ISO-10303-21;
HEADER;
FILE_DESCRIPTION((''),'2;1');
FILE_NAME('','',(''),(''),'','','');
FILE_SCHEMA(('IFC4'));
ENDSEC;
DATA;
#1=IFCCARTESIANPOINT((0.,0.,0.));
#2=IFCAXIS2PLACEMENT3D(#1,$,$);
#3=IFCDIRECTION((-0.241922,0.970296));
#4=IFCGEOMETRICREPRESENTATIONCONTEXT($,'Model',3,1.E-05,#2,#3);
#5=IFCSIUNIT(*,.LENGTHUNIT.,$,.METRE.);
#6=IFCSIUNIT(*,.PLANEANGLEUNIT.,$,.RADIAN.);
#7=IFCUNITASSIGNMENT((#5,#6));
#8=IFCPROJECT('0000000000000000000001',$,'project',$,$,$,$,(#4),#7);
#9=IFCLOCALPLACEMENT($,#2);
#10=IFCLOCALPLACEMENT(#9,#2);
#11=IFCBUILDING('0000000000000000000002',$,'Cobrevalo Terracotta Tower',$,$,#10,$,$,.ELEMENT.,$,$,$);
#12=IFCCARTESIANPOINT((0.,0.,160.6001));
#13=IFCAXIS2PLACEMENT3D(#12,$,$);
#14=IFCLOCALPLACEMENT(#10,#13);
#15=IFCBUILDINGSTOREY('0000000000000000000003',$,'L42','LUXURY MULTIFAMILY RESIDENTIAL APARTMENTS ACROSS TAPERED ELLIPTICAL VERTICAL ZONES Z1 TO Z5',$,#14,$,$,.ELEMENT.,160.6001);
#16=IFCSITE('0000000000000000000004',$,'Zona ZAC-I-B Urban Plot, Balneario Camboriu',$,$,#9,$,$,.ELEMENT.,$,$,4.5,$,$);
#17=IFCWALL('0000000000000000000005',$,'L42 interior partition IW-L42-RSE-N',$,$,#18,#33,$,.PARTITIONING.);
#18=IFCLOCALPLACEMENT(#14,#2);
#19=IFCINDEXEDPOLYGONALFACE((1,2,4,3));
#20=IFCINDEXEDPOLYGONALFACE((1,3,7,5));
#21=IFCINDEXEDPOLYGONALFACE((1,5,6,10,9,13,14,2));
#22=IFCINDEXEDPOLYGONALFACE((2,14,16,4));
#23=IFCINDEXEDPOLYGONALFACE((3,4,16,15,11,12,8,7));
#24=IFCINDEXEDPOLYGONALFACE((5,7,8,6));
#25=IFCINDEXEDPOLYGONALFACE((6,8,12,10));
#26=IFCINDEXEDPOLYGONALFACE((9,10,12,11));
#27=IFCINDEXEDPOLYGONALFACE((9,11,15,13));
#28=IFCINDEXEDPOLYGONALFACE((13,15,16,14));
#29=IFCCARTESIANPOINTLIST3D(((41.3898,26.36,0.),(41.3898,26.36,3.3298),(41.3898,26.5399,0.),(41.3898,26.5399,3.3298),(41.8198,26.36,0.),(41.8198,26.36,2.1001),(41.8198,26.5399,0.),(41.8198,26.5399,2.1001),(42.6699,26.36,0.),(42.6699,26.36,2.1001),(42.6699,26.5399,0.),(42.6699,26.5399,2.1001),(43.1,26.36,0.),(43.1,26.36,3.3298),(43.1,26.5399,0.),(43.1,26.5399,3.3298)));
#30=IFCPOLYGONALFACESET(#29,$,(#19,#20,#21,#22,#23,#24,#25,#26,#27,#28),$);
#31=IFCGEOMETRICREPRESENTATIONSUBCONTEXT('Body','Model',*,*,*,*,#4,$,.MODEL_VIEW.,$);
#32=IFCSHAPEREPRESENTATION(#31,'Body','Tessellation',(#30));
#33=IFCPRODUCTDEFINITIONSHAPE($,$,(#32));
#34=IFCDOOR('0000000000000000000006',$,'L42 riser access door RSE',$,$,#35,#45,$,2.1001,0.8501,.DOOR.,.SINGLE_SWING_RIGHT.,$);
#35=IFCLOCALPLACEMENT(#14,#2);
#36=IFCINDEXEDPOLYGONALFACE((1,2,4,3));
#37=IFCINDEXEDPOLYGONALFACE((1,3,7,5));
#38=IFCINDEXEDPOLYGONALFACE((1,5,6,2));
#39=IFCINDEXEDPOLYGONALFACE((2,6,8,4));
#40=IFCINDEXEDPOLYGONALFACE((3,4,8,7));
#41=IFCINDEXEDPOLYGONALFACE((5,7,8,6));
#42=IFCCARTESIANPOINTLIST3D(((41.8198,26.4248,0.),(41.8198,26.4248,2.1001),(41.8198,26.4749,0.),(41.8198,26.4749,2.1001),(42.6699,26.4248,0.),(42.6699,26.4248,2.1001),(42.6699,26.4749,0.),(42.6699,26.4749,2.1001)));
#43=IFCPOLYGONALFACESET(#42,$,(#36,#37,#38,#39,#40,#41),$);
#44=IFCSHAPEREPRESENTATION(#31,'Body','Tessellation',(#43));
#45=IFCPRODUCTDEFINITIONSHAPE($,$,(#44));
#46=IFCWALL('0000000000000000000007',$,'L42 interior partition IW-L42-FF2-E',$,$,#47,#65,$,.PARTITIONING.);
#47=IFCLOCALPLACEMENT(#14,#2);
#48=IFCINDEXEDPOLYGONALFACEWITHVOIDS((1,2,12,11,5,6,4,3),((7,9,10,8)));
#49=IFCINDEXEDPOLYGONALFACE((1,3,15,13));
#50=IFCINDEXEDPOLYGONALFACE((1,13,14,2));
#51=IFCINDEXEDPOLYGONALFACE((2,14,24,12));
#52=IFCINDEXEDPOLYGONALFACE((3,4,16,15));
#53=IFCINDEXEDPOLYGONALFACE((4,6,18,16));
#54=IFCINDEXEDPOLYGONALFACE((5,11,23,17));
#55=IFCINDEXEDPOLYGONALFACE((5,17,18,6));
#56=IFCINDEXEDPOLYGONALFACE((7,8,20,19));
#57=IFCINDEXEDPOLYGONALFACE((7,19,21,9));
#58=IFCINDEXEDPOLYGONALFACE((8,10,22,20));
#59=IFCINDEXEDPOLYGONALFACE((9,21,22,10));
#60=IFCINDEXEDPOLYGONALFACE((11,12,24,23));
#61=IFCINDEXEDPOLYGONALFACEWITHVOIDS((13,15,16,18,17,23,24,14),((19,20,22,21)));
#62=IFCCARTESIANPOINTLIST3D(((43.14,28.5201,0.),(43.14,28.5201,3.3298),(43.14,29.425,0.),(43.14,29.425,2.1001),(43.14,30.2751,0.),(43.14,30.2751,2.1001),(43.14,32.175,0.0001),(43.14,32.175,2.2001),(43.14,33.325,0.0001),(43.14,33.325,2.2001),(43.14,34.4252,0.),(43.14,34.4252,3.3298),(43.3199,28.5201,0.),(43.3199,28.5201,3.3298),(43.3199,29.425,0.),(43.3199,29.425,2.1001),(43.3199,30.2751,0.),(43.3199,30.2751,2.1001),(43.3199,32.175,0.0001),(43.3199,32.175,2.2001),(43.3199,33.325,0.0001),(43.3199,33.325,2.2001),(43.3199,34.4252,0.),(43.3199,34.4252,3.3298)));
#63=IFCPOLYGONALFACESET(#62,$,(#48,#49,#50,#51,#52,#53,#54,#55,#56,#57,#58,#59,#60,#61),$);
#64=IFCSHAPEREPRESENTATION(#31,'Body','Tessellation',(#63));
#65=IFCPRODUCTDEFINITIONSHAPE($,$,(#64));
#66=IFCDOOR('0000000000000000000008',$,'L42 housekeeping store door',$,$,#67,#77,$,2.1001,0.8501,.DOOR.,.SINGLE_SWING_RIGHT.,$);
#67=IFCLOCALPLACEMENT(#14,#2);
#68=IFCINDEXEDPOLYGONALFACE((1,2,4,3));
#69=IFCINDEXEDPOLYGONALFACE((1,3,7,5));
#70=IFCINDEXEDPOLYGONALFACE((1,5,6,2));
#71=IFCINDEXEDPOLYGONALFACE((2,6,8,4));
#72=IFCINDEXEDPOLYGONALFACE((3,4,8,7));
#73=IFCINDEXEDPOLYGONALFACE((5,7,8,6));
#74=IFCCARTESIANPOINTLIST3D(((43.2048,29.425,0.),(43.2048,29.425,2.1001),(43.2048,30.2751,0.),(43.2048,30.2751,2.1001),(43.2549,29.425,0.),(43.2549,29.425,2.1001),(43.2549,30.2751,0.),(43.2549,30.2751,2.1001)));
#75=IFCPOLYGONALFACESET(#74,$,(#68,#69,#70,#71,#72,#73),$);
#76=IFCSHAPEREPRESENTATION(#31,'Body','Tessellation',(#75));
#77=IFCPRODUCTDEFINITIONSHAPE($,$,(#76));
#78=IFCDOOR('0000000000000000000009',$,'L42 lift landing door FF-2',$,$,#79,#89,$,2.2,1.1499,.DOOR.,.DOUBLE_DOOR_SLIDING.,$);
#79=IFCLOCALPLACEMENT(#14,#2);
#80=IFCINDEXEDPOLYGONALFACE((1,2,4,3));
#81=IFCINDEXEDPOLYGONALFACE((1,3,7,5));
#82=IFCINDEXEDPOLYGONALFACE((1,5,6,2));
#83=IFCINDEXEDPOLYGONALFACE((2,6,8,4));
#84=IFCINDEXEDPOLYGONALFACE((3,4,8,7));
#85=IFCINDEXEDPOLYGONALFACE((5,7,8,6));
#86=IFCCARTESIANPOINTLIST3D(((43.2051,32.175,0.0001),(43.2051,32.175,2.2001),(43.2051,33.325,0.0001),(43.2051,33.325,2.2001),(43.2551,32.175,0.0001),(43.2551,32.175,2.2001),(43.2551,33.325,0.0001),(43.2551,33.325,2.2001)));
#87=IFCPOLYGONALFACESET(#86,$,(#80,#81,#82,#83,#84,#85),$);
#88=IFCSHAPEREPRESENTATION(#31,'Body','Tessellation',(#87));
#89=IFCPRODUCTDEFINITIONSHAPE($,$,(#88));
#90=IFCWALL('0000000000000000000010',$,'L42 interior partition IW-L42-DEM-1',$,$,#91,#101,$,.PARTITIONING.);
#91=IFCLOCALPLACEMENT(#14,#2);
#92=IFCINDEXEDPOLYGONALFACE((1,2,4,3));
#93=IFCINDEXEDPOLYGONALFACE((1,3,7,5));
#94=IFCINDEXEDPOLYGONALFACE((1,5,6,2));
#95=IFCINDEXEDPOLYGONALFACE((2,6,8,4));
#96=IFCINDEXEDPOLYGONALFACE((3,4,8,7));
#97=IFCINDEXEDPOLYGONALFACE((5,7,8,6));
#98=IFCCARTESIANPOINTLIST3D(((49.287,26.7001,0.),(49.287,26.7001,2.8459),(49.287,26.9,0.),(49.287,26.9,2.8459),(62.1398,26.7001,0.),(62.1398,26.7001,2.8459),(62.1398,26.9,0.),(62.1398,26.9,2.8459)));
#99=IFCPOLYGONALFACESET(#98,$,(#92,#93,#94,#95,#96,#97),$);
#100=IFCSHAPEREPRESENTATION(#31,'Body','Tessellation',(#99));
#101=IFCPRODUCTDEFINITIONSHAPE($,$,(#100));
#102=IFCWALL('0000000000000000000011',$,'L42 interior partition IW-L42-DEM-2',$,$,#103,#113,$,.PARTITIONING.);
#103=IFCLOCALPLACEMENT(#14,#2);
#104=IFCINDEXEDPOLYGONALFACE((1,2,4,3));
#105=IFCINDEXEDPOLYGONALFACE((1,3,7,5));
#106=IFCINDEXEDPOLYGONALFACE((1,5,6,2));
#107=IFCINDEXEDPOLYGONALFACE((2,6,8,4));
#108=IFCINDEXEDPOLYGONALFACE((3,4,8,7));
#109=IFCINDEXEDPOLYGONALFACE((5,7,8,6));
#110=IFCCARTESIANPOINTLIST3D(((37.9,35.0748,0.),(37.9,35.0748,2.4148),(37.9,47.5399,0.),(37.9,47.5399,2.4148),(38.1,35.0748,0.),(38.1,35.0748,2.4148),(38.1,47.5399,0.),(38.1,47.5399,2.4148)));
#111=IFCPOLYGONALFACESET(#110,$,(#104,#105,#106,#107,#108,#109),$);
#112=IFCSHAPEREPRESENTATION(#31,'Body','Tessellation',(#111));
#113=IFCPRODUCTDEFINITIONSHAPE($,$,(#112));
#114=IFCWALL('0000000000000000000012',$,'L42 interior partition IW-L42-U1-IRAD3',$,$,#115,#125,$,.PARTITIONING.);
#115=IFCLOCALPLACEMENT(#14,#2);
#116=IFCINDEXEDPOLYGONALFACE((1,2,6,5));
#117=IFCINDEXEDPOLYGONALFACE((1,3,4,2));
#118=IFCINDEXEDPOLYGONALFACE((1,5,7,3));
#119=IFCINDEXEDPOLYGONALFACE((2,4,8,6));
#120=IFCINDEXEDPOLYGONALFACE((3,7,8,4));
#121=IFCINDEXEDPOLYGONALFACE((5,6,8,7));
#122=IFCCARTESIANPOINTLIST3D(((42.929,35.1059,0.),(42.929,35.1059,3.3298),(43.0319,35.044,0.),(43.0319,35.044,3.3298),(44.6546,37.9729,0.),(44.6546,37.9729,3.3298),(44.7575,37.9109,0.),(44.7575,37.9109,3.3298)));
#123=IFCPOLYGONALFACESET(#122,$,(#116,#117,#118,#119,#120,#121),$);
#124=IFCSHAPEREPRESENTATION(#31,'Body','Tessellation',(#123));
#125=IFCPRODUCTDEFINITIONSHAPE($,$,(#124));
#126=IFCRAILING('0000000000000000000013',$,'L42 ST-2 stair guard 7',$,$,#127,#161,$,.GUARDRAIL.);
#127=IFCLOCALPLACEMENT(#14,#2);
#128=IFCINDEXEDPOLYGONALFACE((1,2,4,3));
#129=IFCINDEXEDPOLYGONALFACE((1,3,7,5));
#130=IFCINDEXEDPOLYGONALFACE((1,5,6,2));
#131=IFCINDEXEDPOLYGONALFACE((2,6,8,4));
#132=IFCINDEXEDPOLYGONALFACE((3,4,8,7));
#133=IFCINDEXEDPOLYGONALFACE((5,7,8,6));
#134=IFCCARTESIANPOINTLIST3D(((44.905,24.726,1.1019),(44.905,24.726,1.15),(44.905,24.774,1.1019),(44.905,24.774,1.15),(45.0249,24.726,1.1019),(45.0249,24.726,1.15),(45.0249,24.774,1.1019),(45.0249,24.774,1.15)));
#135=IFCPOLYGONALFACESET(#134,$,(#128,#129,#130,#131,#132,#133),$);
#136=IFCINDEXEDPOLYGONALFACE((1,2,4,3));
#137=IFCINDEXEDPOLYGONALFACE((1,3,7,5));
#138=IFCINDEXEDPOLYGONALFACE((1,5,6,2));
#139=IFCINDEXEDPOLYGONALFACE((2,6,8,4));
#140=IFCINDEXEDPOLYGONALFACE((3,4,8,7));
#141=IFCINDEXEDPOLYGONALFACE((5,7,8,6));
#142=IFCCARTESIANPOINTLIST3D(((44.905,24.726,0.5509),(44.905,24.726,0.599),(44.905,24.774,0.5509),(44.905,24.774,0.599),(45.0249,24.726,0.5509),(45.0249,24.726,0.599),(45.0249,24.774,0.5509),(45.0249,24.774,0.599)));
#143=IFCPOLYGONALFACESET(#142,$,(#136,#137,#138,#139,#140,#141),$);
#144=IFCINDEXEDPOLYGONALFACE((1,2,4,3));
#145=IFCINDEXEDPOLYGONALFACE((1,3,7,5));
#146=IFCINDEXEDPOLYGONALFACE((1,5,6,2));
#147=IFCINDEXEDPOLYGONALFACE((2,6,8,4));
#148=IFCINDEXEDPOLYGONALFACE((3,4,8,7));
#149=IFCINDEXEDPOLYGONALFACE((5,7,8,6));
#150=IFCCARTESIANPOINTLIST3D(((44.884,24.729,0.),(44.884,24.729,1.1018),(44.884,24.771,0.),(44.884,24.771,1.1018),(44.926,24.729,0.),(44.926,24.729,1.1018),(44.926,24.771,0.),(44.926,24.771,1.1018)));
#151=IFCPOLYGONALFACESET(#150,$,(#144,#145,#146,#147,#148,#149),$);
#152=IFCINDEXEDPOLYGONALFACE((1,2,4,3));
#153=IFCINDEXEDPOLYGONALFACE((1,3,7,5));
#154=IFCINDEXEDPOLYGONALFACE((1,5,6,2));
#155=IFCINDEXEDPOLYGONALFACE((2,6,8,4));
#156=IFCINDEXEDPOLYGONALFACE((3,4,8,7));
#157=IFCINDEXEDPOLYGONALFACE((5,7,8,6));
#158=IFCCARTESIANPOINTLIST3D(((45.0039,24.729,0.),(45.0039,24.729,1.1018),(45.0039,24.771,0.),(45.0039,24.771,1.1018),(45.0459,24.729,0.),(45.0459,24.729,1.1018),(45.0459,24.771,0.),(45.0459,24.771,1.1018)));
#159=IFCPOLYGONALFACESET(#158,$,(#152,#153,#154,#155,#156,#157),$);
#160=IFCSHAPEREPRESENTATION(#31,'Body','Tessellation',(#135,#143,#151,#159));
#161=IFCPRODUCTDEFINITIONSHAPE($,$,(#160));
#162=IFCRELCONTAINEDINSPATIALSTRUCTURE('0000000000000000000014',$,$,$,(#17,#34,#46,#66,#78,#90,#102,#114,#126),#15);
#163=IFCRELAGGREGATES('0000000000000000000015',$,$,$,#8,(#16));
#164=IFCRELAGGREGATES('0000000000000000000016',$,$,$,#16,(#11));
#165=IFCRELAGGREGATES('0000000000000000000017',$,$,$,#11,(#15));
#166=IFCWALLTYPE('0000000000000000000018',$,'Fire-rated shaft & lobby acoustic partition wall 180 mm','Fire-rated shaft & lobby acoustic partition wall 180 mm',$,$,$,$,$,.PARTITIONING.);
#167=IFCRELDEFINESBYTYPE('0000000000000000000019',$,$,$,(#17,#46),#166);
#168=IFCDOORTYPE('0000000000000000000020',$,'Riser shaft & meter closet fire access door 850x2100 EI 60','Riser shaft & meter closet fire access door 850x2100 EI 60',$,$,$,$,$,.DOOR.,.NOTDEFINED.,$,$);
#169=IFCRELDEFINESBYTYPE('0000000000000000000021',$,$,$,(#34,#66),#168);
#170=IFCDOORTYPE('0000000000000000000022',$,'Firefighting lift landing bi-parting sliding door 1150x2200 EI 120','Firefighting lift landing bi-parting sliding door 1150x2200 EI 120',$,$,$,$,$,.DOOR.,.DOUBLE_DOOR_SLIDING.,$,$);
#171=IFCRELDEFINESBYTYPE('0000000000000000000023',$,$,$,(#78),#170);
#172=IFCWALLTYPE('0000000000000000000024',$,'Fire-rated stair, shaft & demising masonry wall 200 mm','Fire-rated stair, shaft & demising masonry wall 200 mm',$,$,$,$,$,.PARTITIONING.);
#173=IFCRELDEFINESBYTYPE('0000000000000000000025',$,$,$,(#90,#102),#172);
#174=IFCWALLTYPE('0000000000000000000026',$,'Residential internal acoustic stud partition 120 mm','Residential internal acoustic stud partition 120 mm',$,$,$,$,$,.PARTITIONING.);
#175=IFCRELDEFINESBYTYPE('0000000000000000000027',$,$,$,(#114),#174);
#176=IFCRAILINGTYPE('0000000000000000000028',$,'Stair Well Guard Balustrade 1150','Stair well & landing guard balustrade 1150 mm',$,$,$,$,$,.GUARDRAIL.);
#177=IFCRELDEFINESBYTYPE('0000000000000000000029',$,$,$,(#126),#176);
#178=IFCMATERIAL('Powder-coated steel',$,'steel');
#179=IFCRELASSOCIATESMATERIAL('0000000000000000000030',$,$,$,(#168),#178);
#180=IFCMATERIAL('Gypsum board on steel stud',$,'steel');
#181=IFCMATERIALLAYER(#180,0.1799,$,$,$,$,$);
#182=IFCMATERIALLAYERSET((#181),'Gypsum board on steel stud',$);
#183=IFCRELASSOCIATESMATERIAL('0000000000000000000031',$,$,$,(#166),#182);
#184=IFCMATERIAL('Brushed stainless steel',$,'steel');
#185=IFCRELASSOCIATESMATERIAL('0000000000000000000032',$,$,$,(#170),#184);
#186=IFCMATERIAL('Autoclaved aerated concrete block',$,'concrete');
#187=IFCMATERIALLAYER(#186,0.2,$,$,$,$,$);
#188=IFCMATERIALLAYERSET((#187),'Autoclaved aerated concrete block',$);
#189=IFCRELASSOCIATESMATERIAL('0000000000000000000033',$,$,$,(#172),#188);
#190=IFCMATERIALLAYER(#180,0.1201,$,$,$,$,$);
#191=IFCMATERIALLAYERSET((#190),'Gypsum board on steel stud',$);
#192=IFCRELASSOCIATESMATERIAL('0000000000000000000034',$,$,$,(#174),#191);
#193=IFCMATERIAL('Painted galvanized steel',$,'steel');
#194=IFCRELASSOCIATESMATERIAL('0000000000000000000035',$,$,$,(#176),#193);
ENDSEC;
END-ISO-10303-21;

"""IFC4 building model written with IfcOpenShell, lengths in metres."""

from ifc_helpers import new_model, si_unit, direction, frame, frame_2d, origin, origin_2d, place, context, subcontext, project, spatial, rectangle, extrude, source, transform, mapped, material, layer, layer_set, type_object, element, fill, save


model = new_model("IFC4")

# Units and contexts
model_context = context("Model", 3, precision=1e-05, world=origin(), true_north=direction((-0.241922, 0.970296)))
body_context = subcontext(model_context, "Body", "Model", "MODEL_VIEW")
ifc_project = project(units=[si_unit("LENGTHUNIT", "METRE"), si_unit("PLANEANGLEUNIT", "RADIAN")], contexts=[model_context])

# Site, building, storey
site_placement = place(None, origin())
site = spatial("IfcSite", under=ifc_project, at=site_placement, Name="Zona ZAC-I-B Urban Plot, Balneario Camboriu", CompositionType="ELEMENT", RefElevation=4.5)
building_placement = place(site_placement, origin())
building = spatial("IfcBuilding", under=site, at=building_placement, Name="Cobrevalo Terracotta Tower", CompositionType="ELEMENT")
storey_placement = place(building_placement, frame((0.0, 0.0, 160.6001)))
storey = spatial("IfcBuildingStorey", under=building, at=storey_placement, Name="L42", Description="LUXURY MULTIFAMILY RESIDENTIAL APARTMENTS ACROSS TAPERED ELLIPTICAL VERTICAL ZONES Z1 TO Z5", CompositionType="ELEMENT", Elevation=160.6001)

# Shared definitions
ifc_material_1 = material(Name="Gypsum board on steel stud", Category="steel")

# Shared definitions
ifc_material_2 = material(Name="Powder-coated steel", Category="steel")
door_type_1 = type_object("IfcDoorType", Name="Riser shaft & meter closet fire access door 850x2100 EI 60", Description="Riser shaft & meter closet fire access door 850x2100 EI 60", OperationType="NOTDEFINED", PredefinedType="DOOR", material=ifc_material_2)
shared_shape_1 = source(origin(), body_context, "Body", "SweptSolid", [
    extrude(rectangle(XDim=0.8501, YDim=2.1001, at=frame_2d((0.425, 1.05))), frame((0.0, 0.0249, 0.0), z_axis=(0.0, -1.0, 0.0), x_axis=(1.0, 0.0, 0.0)), (0.0, 0.0, 1.0), 0.05),
])

# Shared definitions
ifc_material_3 = material(Name="Brushed stainless steel", Category="steel")

# Wall, opening, door
ifc_layer_1 = layer(ifc_material_1, 0.1799)
ifc_layer_set_1 = layer_set([ifc_layer_1], Name="Gypsum board on steel stud")
wall_type_1 = type_object("IfcWallType", Name="Fire-rated shaft & lobby acoustic partition wall 180 mm", Description="Fire-rated shaft & lobby acoustic partition wall 180 mm", PredefinedType="PARTITIONING", material=ifc_layer_set_1)
wall_1_placement = place(storey_placement, frame((41.3899, 26.45, 0.0), z_axis=(0.0, 0.0, 1.0), x_axis=(1.0, 0.0, 0.0)))
wall_1 = element("IfcWall", 1, at=wall_1_placement, inside=storey, type_object=wall_type_1, Name="L42 interior partition IW-L42-RSE-N", PredefinedType="PARTITIONING", context=body_context, shape_type="SweptSolid", body=[
    extrude(rectangle(XDim=1.7102, YDim=0.1799, at=frame_2d((0.855, 0.0))), origin(), (0.0, 0.0, 1.0), 3.3298),
])
opening_1_placement = place(wall_1_placement, frame((0.4299, 0.0, 0.0)))
opening_1 = element("IfcOpeningElement", 2, at=opening_1_placement, cuts=wall_1, PredefinedType="OPENING", context=body_context, shape_type="SweptSolid", body=[
    extrude(rectangle(XDim=0.8501, YDim=2.1001, at=frame_2d((0.425, 1.05))), frame((0.0, 0.1001, 0.0), z_axis=(0.0, -1.0, 0.0), x_axis=(1.0, 0.0, 0.0)), (0.0, 0.0, 1.0), 0.2),
])
door_1_placement = place(opening_1_placement, origin())
door_1 = element("IfcDoor", 3, at=door_1_placement, inside=storey, type_object=door_type_1, Name="L42 riser access door RSE", OperationType="SINGLE_SWING_RIGHT", OverallHeight=2.1001, OverallWidth=0.8501, PredefinedType="DOOR", context=body_context, shape_type="MappedRepresentation", body=[
    mapped(shared_shape_1, transform((0.0, 0.0, 0.0), scale=1.0)),
])
fill(opening_1, door_1)

# Wall, openings, doors
wall_2_placement = place(storey_placement, frame((43.23, 28.52, 0.0), z_axis=(0.0, 0.0, 1.0), x_axis=(0.0, 1.0, 0.0)))
wall_2 = element("IfcWall", 4, at=wall_2_placement, inside=storey, type_object=wall_type_1, Name="L42 interior partition IW-L42-FF2-E", PredefinedType="PARTITIONING", context=body_context, shape_type="SweptSolid", body=[
    extrude(rectangle(XDim=5.905, YDim=0.1799, at=frame_2d((2.9526, 0.0))), origin(), (0.0, 0.0, 1.0), 3.3298),
])
opening_2_placement = place(wall_2_placement, frame((0.905, 0.0, 0.0)))
opening_2 = element("IfcOpeningElement", 5, at=opening_2_placement, cuts=wall_2, PredefinedType="OPENING", context=body_context, shape_type="SweptSolid", body=[
    extrude(rectangle(XDim=0.8501, YDim=2.1001, at=frame_2d((0.425, 1.05))), frame((0.0, 0.1001, 0.0), z_axis=(0.0, -1.0, 0.0), x_axis=(1.0, 0.0, 0.0)), (0.0, 0.0, 1.0), 0.2),
])
opening_3_placement = place(wall_2_placement, frame((3.655, 0.0, 0.0)))
opening_3 = element("IfcOpeningElement", 6, at=opening_3_placement, cuts=wall_2, PredefinedType="OPENING", context=body_context, shape_type="SweptSolid", body=[
    extrude(rectangle(XDim=1.1499, YDim=2.2, at=frame_2d((0.575, 1.1001))), frame((0.0, 0.1001, 0.0), z_axis=(0.0, -1.0, 0.0), x_axis=(1.0, 0.0, 0.0)), (0.0, 0.0, 1.0), 0.2),
])
door_2_placement = place(opening_2_placement, frame((0.8501, 0.0, 0.0), z_axis=(0.0, 0.0, 1.0), x_axis=(-1.0, 0.0, 0.0)))
door_2 = element("IfcDoor", 7, at=door_2_placement, inside=storey, type_object=door_type_1, Name="L42 housekeeping store door", OperationType="SINGLE_SWING_RIGHT", OverallHeight=2.1001, OverallWidth=0.8501, PredefinedType="DOOR", context=body_context, shape_type="MappedRepresentation", body=[
    mapped(shared_shape_1, transform((0.0, 0.0, 0.0), scale=1.0)),
])
fill(opening_2, door_2)
door_type_2 = type_object("IfcDoorType", Name="Firefighting lift landing bi-parting sliding door 1150x2200 EI 120", Description="Firefighting lift landing bi-parting sliding door 1150x2200 EI 120", OperationType="DOUBLE_DOOR_SLIDING", PredefinedType="DOOR", material=ifc_material_3)
shared_shape_2 = source(origin(), body_context, "Body", "SweptSolid", [
    extrude(rectangle(XDim=1.1499, YDim=2.2, at=frame_2d((0.575, 1.1001))), frame((0.0, 0.0249, 0.0), z_axis=(0.0, -1.0, 0.0), x_axis=(1.0, 0.0, 0.0)), (0.0, 0.0, 1.0), 0.05),
])
door_3_placement = place(opening_3_placement, origin())
door_3 = element("IfcDoor", 8, at=door_3_placement, inside=storey, type_object=door_type_2, Name="L42 lift landing door FF-2", OperationType="DOUBLE_DOOR_SLIDING", OverallHeight=2.2, OverallWidth=1.1499, PredefinedType="DOOR", context=body_context, shape_type="MappedRepresentation", body=[
    mapped(shared_shape_2, transform((0.0, 0.0, 0.0), scale=1.0)),
])
fill(opening_3, door_3)

# Walls
ifc_material_4 = material(Name="Autoclaved aerated concrete block", Category="concrete")
ifc_layer_2 = layer(ifc_material_4, 0.2)
ifc_layer_set_2 = layer_set([ifc_layer_2], Name="Autoclaved aerated concrete block")
wall_type_2 = type_object("IfcWallType", Name="Fire-rated stair, shaft & demising masonry wall 200 mm", Description="Fire-rated stair, shaft & demising masonry wall 200 mm", PredefinedType="PARTITIONING", material=ifc_layer_set_2)
wall_3_placement = place(storey_placement, frame((49.2871, 26.8, 0.0), z_axis=(0.0, 0.0, 1.0), x_axis=(1.0, 0.0, 0.0)))
element("IfcWall", 9, at=wall_3_placement, inside=storey, type_object=wall_type_2, Name="L42 interior partition IW-L42-DEM-1", PredefinedType="PARTITIONING", context=body_context, shape_type="SweptSolid", body=[
    extrude(rectangle(XDim=12.8528, YDim=0.2, at=frame_2d((6.4263, 0.0))), origin(), (0.0, 0.0, 1.0), 2.8459),
])
wall_4_placement = place(storey_placement, frame((38.0, 35.075, 0.0), z_axis=(0.0, 0.0, 1.0), x_axis=(0.0, 1.0, 0.0)))
element("IfcWall", 10, at=wall_4_placement, inside=storey, type_object=wall_type_2, Name="L42 interior partition IW-L42-DEM-2", PredefinedType="PARTITIONING", context=body_context, shape_type="SweptSolid", body=[
    extrude(rectangle(XDim=12.4651, YDim=0.2, at=frame_2d((6.2324, 0.0))), origin(), (0.0, 0.0, 1.0), 2.4148),
])

# Shared definitions
ifc_layer_3 = layer(ifc_material_1, 0.1201)
ifc_layer_set_3 = layer_set([ifc_layer_3], Name="Gypsum board on steel stud")
wall_type_3 = type_object("IfcWallType", Name="Residential internal acoustic stud partition 120 mm", Description="Residential internal acoustic stud partition 120 mm", PredefinedType="PARTITIONING", material=ifc_layer_set_3)

# Wall
wall_5_placement = place(storey_placement, frame((42.9805, 35.075, 0.0), z_axis=(0.0, 0.0, 1.0), x_axis=(0.515686, 0.856778, 0.0)))
element("IfcWall", 11, at=wall_5_placement, inside=storey, type_object=wall_type_3, Name="L42 interior partition IW-L42-U1-IRAD3", PredefinedType="PARTITIONING", context=body_context, shape_type="SweptSolid", body=[
    extrude(rectangle(XDim=3.3462, YDim=0.1201, at=frame_2d((1.6731, 0.0))), origin(), (0.0, 0.0, 1.0), 3.3298),
])

# Railing
ifc_material_5 = material(Name="Painted galvanized steel", Category="steel")
railing_type = type_object("IfcRailingType", Name="Stair Well Guard Balustrade 1150", Description="Stair well & landing guard balustrade 1150 mm", PredefinedType="GUARDRAIL", material=ifc_material_5)
railing_placement = place(storey_placement, frame((44.905, 24.75, 0.0)))
element("IfcRailing", 12, at=railing_placement, inside=storey, type_object=railing_type, Name="L42 ST-2 stair guard 7", PredefinedType="GUARDRAIL", context=body_context, shape_type="SweptSolid", body=[
    extrude(rectangle(XDim=0.0481, YDim=0.0481, at=origin_2d()), frame((0.0, 0.0, 1.126), z_axis=(1.0, 0.0, 0.0), x_axis=(0.0, 1.0, 0.0)), (0.0, 0.0, 1.0), 0.1199),
    extrude(rectangle(XDim=0.0481, YDim=0.0481, at=origin_2d()), frame((0.0, 0.0, 0.575), z_axis=(1.0, 0.0, 0.0), x_axis=(0.0, 1.0, 0.0)), (0.0, 0.0, 1.0), 0.1199),
    extrude(rectangle(XDim=0.042, YDim=0.042, at=origin_2d()), origin(), (0.0, 0.0, 1.0), 1.1018),
    extrude(rectangle(XDim=0.042, YDim=0.042, at=origin_2d()), frame((0.1199, 0.0, 0.0)), (0.0, 0.0, 1.0), 1.1018),
])

save(model, "model.ifc")
